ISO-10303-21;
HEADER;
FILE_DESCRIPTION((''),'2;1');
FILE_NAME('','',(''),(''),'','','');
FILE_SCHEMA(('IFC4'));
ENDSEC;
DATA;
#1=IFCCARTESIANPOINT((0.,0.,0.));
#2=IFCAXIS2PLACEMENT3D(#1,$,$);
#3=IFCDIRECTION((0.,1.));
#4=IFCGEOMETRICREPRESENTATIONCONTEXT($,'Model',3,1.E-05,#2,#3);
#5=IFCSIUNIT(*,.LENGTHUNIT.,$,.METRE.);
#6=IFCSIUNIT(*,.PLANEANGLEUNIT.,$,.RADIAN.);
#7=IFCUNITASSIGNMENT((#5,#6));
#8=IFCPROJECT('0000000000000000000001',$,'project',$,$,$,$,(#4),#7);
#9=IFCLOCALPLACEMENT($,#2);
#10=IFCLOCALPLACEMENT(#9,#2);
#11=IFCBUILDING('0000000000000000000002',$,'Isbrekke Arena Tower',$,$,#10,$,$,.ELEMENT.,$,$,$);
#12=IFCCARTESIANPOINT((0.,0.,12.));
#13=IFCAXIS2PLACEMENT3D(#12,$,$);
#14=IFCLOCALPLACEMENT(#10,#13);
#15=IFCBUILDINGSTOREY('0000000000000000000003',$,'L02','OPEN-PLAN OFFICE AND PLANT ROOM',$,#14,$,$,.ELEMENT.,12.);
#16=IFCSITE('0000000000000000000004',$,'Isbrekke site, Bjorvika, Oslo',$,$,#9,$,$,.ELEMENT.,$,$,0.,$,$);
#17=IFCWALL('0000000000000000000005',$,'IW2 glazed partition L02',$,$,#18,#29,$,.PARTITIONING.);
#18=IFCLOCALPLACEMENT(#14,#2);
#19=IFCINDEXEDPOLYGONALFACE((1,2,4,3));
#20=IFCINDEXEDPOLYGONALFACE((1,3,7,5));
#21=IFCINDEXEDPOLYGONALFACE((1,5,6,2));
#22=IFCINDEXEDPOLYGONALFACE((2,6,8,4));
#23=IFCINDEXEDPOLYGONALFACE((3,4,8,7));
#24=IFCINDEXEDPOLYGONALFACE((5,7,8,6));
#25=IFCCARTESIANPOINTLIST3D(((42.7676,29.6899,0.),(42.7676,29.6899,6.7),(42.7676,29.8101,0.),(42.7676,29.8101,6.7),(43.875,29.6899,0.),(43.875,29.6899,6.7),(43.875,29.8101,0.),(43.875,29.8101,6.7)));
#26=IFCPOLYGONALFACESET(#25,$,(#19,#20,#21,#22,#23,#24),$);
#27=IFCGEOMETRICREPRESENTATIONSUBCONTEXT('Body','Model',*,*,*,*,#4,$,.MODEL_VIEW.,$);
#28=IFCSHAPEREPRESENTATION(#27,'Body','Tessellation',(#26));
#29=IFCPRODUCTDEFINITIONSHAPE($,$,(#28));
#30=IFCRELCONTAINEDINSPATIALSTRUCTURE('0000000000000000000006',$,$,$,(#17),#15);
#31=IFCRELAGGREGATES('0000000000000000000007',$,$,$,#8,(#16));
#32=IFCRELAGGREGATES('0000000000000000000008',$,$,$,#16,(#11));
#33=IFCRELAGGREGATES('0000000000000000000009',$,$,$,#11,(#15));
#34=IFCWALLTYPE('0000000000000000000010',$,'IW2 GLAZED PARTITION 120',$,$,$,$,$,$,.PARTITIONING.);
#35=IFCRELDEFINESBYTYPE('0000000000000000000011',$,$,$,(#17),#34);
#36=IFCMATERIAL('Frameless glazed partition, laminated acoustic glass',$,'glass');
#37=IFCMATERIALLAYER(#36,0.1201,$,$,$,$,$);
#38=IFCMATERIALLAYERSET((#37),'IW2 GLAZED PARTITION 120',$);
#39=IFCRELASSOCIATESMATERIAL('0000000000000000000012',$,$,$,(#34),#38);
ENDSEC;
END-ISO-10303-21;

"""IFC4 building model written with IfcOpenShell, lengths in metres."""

from ifc_helpers import new_model, si_unit, direction, frame, frame_2d, origin, place, context, subcontext, project, spatial, rectangle, extrude, material, layer, layer_set, type_object, element, save


model = new_model("IFC4")

# Units and contexts
model_context = context("Model", 3, precision=1e-05, world=origin(), true_north=direction((0.0, 1.0)))
body_context = subcontext(model_context, "Body", "Model", "MODEL_VIEW")
ifc_project = project(units=[si_unit("LENGTHUNIT", "METRE"), si_unit("PLANEANGLEUNIT", "RADIAN")], contexts=[model_context])

# Site, building, storey
site_placement = place(None, origin())
site = spatial("IfcSite", under=ifc_project, at=site_placement, Name="Isbrekke site, Bjorvika, Oslo", CompositionType="ELEMENT", RefElevation=0.0)
building_placement = place(site_placement, origin())
building = spatial("IfcBuilding", under=site, at=building_placement, Name="Isbrekke Arena Tower", CompositionType="ELEMENT")
storey_placement = place(building_placement, frame((0.0, 0.0, 12.0)))
storey = spatial("IfcBuildingStorey", under=building, at=storey_placement, Name="L02", Description="OPEN-PLAN OFFICE AND PLANT ROOM", CompositionType="ELEMENT", Elevation=12.0)

# Wall
ifc_material_1 = material(Name="Frameless glazed partition, laminated acoustic glass", Category="glass")
ifc_layer = layer(ifc_material_1, 0.1201)
ifc_layer_set = layer_set([ifc_layer], Name="IW2 GLAZED PARTITION 120")
wall_type = type_object("IfcWallType", Name="IW2 GLAZED PARTITION 120", PredefinedType="PARTITIONING", material=ifc_layer_set)
for number, where, z_axis, x_axis, name in (
    (1, (42.7676, 29.75, 0.0), (0.0, 0.0, 1.0), (1.0, 0.0, 0.0), "IW2 glazed partition L02"),
):
    element("IfcWall", number, at=place(storey_placement, frame(where, z_axis=z_axis, x_axis=x_axis)), inside=storey, type_object=wall_type, Name=name, PredefinedType="PARTITIONING", context=body_context, shape_type="SweptSolid", body=[
        extrude(rectangle(XDim=1.1074, YDim=0.1201, at=frame_2d((0.5537, 0.0))), origin(), (0.0, 0.0, 1.0), 6.7),
    ])

save(model, "model.ifc")
